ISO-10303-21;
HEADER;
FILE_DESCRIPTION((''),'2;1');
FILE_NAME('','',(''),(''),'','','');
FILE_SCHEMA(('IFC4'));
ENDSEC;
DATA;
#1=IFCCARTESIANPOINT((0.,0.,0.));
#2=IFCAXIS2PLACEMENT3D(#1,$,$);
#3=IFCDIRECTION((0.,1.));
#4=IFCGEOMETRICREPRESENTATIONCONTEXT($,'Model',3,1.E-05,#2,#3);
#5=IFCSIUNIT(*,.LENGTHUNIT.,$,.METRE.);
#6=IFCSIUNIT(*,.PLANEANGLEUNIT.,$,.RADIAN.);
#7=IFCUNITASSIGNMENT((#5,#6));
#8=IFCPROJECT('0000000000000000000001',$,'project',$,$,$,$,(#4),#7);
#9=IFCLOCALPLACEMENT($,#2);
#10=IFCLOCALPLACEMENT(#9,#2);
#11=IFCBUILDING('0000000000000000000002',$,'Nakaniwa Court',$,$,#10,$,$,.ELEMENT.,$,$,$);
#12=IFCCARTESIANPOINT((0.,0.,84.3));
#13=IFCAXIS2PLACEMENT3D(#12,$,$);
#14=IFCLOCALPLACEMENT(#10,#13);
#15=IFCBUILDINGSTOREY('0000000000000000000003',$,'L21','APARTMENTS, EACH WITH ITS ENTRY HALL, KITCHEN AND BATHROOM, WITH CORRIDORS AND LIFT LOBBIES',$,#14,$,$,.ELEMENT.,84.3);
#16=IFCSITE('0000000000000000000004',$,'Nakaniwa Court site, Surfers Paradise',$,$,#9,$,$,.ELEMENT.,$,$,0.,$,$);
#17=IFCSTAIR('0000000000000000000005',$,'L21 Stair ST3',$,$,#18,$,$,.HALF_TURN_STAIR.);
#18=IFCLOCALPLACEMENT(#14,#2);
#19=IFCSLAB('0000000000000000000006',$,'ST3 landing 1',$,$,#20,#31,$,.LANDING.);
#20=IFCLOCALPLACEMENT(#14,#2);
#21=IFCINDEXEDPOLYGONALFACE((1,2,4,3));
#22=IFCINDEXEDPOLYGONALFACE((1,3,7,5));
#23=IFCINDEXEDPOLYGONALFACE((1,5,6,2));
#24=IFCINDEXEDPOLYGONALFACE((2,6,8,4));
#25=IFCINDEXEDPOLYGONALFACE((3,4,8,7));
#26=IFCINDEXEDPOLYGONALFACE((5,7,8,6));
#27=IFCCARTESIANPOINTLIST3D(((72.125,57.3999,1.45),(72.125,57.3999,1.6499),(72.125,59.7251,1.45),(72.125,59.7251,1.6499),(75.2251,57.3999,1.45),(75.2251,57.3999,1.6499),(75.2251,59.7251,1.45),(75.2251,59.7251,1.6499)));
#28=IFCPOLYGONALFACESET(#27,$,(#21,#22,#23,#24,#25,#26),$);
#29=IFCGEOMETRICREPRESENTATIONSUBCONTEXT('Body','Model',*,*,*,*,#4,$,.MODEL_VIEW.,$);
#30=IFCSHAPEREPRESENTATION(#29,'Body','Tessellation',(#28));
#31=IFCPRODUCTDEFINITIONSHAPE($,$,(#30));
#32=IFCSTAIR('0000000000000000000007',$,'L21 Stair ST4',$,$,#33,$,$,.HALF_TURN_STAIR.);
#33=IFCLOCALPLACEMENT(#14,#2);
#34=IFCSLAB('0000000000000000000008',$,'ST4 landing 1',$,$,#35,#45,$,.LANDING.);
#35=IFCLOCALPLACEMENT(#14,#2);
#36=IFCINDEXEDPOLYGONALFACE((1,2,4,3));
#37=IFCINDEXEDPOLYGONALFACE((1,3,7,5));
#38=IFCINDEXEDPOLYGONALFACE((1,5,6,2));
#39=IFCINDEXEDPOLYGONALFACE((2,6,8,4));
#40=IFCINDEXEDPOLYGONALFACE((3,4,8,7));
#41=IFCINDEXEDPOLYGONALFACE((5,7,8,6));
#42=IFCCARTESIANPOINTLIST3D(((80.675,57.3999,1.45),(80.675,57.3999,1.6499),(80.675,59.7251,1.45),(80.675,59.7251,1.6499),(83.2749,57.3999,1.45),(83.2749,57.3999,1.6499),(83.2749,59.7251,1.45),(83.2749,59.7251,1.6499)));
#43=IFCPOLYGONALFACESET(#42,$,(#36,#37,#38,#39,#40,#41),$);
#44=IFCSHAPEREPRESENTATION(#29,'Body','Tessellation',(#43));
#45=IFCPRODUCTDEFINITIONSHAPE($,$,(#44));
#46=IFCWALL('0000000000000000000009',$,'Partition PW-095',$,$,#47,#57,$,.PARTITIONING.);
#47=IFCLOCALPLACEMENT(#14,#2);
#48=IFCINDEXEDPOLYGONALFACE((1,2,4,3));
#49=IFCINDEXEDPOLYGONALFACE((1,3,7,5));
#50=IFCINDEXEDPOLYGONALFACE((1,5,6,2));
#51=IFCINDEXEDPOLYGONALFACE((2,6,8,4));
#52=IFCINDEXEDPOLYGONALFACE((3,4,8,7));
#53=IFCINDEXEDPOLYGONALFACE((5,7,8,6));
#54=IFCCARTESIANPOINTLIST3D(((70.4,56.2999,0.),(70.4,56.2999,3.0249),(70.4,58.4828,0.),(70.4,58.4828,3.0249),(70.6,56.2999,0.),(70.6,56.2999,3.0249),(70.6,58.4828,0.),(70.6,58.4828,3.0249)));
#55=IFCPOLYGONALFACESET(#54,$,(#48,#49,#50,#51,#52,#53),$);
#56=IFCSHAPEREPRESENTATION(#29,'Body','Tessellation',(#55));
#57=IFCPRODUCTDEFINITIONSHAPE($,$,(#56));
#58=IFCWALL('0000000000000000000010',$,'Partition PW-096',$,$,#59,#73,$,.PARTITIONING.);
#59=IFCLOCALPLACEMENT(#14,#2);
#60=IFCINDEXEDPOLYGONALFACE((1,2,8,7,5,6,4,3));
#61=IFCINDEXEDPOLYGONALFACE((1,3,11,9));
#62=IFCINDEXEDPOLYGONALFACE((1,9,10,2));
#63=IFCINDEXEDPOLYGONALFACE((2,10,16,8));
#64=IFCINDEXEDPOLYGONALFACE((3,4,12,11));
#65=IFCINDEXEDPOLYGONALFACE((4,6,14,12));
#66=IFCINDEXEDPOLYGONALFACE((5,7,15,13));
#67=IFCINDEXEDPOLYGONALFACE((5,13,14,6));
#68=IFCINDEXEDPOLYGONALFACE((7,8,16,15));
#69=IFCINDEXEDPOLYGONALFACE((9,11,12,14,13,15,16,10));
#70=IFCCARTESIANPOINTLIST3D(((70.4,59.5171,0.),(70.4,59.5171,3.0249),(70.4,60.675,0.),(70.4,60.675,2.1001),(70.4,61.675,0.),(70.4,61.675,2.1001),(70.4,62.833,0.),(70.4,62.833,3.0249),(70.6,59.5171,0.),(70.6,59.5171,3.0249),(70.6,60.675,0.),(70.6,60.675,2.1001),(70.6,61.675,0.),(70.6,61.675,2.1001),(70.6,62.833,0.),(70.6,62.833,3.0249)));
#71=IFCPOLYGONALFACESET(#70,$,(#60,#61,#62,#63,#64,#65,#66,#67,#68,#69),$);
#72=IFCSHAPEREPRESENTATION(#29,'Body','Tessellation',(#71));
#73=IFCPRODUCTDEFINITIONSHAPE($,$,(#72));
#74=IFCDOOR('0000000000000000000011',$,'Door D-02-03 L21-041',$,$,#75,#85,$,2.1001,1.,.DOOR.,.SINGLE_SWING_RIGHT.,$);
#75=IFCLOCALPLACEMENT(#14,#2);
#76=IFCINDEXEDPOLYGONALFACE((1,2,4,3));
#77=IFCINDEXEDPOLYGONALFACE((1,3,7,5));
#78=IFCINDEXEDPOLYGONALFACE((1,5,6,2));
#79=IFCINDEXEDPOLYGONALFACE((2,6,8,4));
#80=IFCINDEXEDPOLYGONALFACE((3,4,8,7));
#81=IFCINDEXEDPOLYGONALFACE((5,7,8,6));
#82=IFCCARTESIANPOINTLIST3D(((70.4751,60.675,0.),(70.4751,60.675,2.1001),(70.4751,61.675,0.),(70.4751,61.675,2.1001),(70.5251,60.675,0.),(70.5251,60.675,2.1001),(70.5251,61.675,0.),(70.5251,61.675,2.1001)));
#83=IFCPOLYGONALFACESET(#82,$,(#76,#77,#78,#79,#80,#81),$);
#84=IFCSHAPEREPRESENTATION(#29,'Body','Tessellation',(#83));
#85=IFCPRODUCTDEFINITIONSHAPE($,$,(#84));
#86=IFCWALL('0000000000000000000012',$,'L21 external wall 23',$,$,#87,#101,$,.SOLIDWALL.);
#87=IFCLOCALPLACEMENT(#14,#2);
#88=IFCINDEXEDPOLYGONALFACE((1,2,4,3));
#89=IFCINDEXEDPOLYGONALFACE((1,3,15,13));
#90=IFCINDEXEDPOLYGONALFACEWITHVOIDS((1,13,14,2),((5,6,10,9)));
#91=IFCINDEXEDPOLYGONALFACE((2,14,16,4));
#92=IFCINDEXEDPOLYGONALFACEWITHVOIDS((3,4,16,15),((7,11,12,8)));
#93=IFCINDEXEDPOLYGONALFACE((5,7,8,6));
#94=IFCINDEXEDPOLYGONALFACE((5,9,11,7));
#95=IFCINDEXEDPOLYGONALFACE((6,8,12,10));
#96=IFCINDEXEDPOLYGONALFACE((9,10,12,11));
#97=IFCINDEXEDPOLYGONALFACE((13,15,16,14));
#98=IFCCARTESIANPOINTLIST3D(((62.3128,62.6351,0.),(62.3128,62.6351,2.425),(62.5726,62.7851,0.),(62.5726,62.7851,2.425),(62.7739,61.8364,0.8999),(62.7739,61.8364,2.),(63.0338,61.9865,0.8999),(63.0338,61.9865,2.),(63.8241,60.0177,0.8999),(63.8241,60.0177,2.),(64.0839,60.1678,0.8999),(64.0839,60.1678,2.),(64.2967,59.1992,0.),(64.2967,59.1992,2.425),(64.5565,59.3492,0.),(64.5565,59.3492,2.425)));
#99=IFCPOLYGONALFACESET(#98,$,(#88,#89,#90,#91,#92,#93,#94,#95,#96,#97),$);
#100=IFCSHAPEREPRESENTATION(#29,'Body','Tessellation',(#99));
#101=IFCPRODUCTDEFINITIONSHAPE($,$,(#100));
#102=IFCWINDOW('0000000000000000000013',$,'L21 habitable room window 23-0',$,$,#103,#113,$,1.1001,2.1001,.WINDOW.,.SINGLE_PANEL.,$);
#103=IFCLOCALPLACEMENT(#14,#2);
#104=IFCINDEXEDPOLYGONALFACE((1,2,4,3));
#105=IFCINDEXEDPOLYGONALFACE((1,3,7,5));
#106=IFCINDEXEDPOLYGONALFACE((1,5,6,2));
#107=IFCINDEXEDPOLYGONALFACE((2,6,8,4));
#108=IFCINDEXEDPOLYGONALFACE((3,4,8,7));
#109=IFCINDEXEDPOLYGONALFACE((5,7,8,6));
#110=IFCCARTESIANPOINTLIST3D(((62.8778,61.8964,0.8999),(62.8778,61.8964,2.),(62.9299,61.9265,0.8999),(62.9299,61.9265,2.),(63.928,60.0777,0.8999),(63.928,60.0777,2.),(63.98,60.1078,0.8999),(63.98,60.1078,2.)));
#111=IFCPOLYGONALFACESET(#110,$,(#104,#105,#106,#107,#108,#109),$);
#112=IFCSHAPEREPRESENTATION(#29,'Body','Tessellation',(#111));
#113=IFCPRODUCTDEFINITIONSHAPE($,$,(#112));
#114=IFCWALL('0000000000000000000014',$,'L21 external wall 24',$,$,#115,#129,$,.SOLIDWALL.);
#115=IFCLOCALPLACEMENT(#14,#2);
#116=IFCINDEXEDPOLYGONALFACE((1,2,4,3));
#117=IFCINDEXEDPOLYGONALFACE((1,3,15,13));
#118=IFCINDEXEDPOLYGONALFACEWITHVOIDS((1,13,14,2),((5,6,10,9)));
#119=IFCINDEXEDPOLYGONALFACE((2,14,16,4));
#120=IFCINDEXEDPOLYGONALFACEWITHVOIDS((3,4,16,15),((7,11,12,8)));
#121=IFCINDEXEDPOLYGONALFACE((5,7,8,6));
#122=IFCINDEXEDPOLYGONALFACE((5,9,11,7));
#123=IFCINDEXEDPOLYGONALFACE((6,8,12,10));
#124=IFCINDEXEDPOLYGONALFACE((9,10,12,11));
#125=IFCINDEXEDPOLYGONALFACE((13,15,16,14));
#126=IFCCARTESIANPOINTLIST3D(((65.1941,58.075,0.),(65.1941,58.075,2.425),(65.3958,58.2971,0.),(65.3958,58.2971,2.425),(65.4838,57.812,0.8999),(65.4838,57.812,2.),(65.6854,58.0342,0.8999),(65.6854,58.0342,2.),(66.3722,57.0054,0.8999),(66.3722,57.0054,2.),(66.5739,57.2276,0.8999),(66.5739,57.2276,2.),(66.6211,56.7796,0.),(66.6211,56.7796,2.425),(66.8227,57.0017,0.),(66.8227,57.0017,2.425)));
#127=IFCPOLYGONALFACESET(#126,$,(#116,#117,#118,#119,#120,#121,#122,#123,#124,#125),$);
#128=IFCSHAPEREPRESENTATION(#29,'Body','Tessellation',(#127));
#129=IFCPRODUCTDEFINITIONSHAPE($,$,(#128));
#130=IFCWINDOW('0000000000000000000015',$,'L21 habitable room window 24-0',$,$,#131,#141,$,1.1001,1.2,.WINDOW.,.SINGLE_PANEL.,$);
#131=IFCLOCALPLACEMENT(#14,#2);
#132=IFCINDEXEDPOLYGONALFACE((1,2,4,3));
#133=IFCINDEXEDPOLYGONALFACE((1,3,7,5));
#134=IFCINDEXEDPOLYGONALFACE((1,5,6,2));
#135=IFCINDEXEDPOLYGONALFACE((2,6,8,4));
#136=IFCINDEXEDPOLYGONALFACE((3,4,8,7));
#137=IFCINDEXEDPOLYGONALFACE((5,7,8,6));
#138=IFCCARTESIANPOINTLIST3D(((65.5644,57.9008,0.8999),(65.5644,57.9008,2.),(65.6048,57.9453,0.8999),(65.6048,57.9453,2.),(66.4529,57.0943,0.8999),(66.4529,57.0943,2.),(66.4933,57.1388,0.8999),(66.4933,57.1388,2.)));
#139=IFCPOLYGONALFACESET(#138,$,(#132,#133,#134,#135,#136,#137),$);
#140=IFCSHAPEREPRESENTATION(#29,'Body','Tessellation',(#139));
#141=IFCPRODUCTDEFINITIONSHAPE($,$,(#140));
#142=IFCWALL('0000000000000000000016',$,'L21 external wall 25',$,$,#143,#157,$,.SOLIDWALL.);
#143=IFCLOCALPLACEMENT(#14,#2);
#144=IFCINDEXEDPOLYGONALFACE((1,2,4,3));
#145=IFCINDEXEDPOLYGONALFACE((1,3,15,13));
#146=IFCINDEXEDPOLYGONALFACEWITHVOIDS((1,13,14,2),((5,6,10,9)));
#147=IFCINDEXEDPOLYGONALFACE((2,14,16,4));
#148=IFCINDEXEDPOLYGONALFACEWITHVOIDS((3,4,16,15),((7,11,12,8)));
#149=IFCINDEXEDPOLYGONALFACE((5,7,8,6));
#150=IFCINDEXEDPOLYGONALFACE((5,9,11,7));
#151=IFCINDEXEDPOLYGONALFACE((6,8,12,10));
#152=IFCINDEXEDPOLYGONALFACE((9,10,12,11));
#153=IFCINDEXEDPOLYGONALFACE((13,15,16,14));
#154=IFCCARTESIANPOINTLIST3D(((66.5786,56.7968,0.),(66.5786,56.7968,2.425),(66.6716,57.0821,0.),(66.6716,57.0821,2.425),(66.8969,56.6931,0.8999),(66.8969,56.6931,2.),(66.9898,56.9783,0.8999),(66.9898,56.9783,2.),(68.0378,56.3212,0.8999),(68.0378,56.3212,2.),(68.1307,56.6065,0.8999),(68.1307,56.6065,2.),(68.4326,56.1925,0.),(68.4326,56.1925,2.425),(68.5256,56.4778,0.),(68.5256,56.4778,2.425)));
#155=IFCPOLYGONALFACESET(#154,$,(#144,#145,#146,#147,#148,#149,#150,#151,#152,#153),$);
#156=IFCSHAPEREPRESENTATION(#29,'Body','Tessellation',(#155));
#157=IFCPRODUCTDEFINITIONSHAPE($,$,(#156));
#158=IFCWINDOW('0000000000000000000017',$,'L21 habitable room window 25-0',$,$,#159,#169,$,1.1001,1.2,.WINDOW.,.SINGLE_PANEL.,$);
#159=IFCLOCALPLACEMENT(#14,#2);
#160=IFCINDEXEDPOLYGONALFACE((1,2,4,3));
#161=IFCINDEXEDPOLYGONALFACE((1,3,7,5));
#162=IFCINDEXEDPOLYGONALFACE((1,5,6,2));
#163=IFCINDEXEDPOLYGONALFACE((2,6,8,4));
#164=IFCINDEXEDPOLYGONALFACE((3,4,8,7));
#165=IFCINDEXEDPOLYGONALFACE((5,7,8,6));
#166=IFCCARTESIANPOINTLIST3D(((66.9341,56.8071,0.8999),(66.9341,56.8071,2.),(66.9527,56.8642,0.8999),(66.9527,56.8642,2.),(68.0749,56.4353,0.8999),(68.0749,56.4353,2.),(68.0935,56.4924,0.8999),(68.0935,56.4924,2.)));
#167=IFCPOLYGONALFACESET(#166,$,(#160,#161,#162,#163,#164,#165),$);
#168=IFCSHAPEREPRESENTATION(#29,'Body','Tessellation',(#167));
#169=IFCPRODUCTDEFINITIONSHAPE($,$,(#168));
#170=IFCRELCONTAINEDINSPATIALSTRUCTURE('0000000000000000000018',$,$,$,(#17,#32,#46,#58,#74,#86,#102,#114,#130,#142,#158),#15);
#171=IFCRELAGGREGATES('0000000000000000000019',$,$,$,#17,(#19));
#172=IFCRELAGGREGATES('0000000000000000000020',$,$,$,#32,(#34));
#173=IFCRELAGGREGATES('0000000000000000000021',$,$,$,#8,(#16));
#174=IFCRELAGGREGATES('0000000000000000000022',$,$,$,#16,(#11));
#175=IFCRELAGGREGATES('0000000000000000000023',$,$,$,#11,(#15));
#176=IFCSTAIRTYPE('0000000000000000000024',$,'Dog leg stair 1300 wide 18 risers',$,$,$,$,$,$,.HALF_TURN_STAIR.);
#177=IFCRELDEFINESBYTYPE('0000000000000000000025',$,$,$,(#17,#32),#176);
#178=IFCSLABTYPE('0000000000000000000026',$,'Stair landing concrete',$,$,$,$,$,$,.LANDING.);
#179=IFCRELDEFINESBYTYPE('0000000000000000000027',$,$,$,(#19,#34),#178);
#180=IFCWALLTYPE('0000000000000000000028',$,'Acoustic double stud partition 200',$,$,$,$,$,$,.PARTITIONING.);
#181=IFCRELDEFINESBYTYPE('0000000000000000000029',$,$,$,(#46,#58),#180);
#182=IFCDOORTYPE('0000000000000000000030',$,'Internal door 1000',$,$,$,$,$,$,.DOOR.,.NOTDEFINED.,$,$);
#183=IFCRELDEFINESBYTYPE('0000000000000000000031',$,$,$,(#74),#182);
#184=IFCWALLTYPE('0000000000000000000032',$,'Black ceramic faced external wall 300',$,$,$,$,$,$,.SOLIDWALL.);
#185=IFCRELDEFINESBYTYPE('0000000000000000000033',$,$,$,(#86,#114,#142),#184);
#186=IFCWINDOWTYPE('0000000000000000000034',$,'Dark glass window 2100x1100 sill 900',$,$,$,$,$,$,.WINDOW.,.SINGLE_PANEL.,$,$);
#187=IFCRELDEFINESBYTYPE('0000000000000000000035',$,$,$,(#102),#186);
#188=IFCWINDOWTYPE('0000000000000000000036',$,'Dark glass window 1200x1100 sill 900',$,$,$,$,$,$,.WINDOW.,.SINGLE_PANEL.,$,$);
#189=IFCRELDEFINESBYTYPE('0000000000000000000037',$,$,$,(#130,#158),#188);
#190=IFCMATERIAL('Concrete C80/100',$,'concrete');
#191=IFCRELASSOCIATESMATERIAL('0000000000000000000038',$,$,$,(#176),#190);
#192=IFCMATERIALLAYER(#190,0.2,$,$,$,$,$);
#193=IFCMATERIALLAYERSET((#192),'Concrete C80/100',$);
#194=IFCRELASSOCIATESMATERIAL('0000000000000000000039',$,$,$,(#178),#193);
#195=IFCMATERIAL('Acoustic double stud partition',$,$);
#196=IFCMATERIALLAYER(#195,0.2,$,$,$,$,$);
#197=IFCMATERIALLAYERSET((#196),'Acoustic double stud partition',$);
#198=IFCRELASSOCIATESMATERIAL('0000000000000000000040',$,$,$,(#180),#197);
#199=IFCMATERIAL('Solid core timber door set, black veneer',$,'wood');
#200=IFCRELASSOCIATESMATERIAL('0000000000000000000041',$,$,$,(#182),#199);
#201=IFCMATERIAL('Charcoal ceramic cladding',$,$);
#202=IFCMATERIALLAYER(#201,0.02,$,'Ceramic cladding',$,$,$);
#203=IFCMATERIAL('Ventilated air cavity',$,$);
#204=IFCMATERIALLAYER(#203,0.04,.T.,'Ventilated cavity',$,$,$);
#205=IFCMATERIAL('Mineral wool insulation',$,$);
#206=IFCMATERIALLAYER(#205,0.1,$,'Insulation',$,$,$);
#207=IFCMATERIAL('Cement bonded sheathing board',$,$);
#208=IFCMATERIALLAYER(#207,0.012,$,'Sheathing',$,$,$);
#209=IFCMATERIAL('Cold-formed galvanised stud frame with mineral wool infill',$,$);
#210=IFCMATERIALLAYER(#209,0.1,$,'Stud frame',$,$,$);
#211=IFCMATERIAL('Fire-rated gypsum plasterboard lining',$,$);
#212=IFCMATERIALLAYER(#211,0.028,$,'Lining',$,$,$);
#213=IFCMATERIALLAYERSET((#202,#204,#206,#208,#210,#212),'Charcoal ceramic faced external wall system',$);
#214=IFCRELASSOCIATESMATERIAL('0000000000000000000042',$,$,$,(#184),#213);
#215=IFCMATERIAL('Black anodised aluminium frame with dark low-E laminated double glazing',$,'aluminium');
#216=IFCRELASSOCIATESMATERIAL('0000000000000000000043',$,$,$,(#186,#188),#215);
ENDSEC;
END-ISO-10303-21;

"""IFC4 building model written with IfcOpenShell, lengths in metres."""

from ifc_helpers import new_model, si_unit, direction, frame, frame_2d, origin, place, context, subcontext, project, spatial, polyline, rectangle, outline, extrude, material, layer, layer_set, type_object, element, fill, aggregate, save


model = new_model("IFC4")

# Units and contexts
model_context = context("Model", 3, precision=1e-05, world=origin(), true_north=direction((0.0, 1.0)))
body_context = subcontext(model_context, "Body", "Model", "MODEL_VIEW")
ifc_project = project(units=[si_unit("LENGTHUNIT", "METRE"), si_unit("PLANEANGLEUNIT", "RADIAN")], contexts=[model_context])

# Site, building, storey
site_placement = place(None, origin())
site = spatial("IfcSite", under=ifc_project, at=site_placement, Name="Nakaniwa Court site, Surfers Paradise", CompositionType="ELEMENT", RefElevation=0.0)
building_placement = place(site_placement, origin())
building = spatial("IfcBuilding", under=site, at=building_placement, Name="Nakaniwa Court", CompositionType="ELEMENT")
storey_placement = place(building_placement, frame((0.0, 0.0, 84.3)))
storey = spatial("IfcBuildingStorey", under=building, at=storey_placement, Name="L21", Description="APARTMENTS, EACH WITH ITS ENTRY HALL, KITCHEN AND BATHROOM, WITH CORRIDORS AND LIFT LOBBIES", CompositionType="ELEMENT", Elevation=84.3)

# Shared definitions
ifc_material_1 = material(Name="Concrete C80/100", Category="concrete")

# Stairs, slabs
stair_type = type_object("IfcStairType", Name="Dog leg stair 1300 wide 18 risers", PredefinedType="HALF_TURN_STAIR", material=ifc_material_1)
ifc_layer_1 = layer(ifc_material_1, 0.2)
ifc_layer_set_1 = layer_set([ifc_layer_1], Name="Concrete C80/100")
slab_type_1 = type_object("IfcSlabType", Name="Stair landing concrete", PredefinedType="LANDING", material=ifc_layer_set_1)
stair_1_placement = place(storey_placement, origin())
stair_1 = element("IfcStair", 1, at=stair_1_placement, inside=storey, type_object=stair_type, Name="L21 Stair ST3", PredefinedType="HALF_TURN_STAIR")
slab_1_placement = place(storey_placement, frame((0.0, 0.0, 1.45)))
slab_1 = element("IfcSlab", 2, at=slab_1_placement, type_object=slab_type_1, Name="ST3 landing 1", PredefinedType="LANDING", context=body_context, shape_type="SweptSolid", body=[
    extrude(outline(polyline([(75.2251, 57.3999), (75.2251, 59.7251), (72.125, 59.7251), (72.125, 57.3999), (75.2251, 57.3999)])), origin(), (0.0, 0.0, 1.0), 0.2),
])
aggregate(stair_1, [slab_1])
stair_2_placement = place(storey_placement, origin())
stair_2 = element("IfcStair", 3, at=stair_2_placement, inside=storey, type_object=stair_type, Name="L21 Stair ST4", PredefinedType="HALF_TURN_STAIR")
slab_2_placement = place(storey_placement, frame((0.0, 0.0, 1.45)))
slab_2 = element("IfcSlab", 4, at=slab_2_placement, type_object=slab_type_1, Name="ST4 landing 1", PredefinedType="LANDING", context=body_context, shape_type="SweptSolid", body=[
    extrude(outline(polyline([(83.2749, 57.3999), (83.2749, 59.7251), (80.675, 59.7251), (80.675, 57.3999), (83.2749, 57.3999)])), origin(), (0.0, 0.0, 1.0), 0.2),
])
aggregate(stair_2, [slab_2])

# Wall
ifc_material_2 = material(Name="Acoustic double stud partition")
ifc_layer_2 = layer(ifc_material_2, 0.2)
ifc_layer_set_2 = layer_set([ifc_layer_2], Name="Acoustic double stud partition")
wall_type_1 = type_object("IfcWallType", Name="Acoustic double stud partition 200", PredefinedType="PARTITIONING", material=ifc_layer_set_2)
wall_1_placement = place(storey_placement, frame((70.5, 56.3, 0.0), z_axis=(0.0, 0.0, 1.0), x_axis=(0.0, 1.0, 0.0)))
element("IfcWall", 5, at=wall_1_placement, inside=storey, type_object=wall_type_1, Name="Partition PW-095", PredefinedType="PARTITIONING", context=body_context, shape_type="SweptSolid", body=[
    extrude(rectangle(XDim=2.1829, YDim=0.2, at=frame_2d((1.0913, 0.0))), origin(), (0.0, 0.0, 1.0), 3.0249),
])

# Wall, opening, door
wall_2_placement = place(storey_placement, frame((70.5, 59.5171, 0.0), z_axis=(0.0, 0.0, 1.0), x_axis=(0.0, 1.0, 0.0)))
wall_2 = element("IfcWall", 6, at=wall_2_placement, inside=storey, type_object=wall_type_1, Name="Partition PW-096", PredefinedType="PARTITIONING", context=body_context, shape_type="SweptSolid", body=[
    extrude(rectangle(XDim=3.3159, YDim=0.2, at=frame_2d((1.658, 0.0))), origin(), (0.0, 0.0, 1.0), 3.0249),
])
opening_1_placement = place(wall_2_placement, frame((1.158, 0.0, 0.0)))
opening_1 = element("IfcOpeningElement", 7, at=opening_1_placement, cuts=wall_2, PredefinedType="OPENING", context=body_context, shape_type="SweptSolid", body=[
    extrude(rectangle(XDim=1.0, YDim=2.1001, at=frame_2d((0.5, 1.05))), frame((0.0, 0.1099, 0.0), z_axis=(0.0, -1.0, 0.0), x_axis=(1.0, 0.0, 0.0)), (0.0, 0.0, 1.0), 0.22),
])
ifc_material_3 = material(Name="Solid core timber door set, black veneer", Category="wood")
door_type = type_object("IfcDoorType", Name="Internal door 1000", OperationType="NOTDEFINED", PredefinedType="DOOR", material=ifc_material_3)
door_placement = place(opening_1_placement, origin())
door = element("IfcDoor", 8, at=door_placement, inside=storey, type_object=door_type, Name="Door D-02-03 L21-041", OperationType="SINGLE_SWING_RIGHT", OverallHeight=2.1001, OverallWidth=1.0, PredefinedType="DOOR", context=body_context, shape_type="SweptSolid", body=[
    extrude(rectangle(XDim=1.0, YDim=2.1001, at=frame_2d((0.5, 1.05))), frame((0.0, 0.0249, 0.0), z_axis=(0.0, -1.0, 0.0), x_axis=(1.0, 0.0, 0.0)), (0.0, 0.0, 1.0), 0.05),
])
fill(opening_1, door)

# Walls, openings, windows
ifc_material_4 = material(Name="Charcoal ceramic cladding")
ifc_layer_3 = layer(ifc_material_4, 0.02, Name="Ceramic cladding")
ifc_material_5 = material(Name="Ventilated air cavity")
ifc_layer_4 = layer(ifc_material_5, 0.04, ventilated=True, Name="Ventilated cavity")
ifc_material_6 = material(Name="Mineral wool insulation")
ifc_layer_5 = layer(ifc_material_6, 0.1, Name="Insulation")
ifc_material_7 = material(Name="Cement bonded sheathing board")
ifc_layer_6 = layer(ifc_material_7, 0.012, Name="Sheathing")
ifc_material_8 = material(Name="Cold-formed galvanised stud frame with mineral wool infill")
ifc_layer_7 = layer(ifc_material_8, 0.1, Name="Stud frame")
ifc_material_9 = material(Name="Fire-rated gypsum plasterboard lining")
ifc_layer_8 = layer(ifc_material_9, 0.028, Name="Lining")
ifc_layer_set_3 = layer_set([ifc_layer_3, ifc_layer_4, ifc_layer_5, ifc_layer_6, ifc_layer_7, ifc_layer_8], Name="Charcoal ceramic faced external wall system")
wall_type_2 = type_object("IfcWallType", Name="Black ceramic faced external wall 300", PredefinedType="SOLIDWALL", material=ifc_layer_set_3)
wall_3_placement = place(storey_placement, frame((62.4426, 62.7102, 0.0), z_axis=(0.0, 0.0, 1.0), x_axis=(0.500044, -0.866, 0.0)))
wall_3 = element("IfcWall", 9, at=wall_3_placement, inside=storey, type_object=wall_type_2, Name="L21 external wall 23", PredefinedType="SOLIDWALL", context=body_context, shape_type="SweptSolid", body=[
    extrude(rectangle(XDim=3.9675, YDim=0.3, at=frame_2d((1.9839, 0.0))), origin(), (0.0, 0.0, 1.0), 2.425),
])
opening_2_placement = place(wall_3_placement, frame((0.9224, 0.0, 0.8999)))
opening_2 = element("IfcOpeningElement", 10, at=opening_2_placement, cuts=wall_3, PredefinedType="OPENING", context=body_context, shape_type="SweptSolid", body=[
    extrude(rectangle(XDim=2.1001, YDim=1.1001, at=frame_2d((1.05, 0.55))), frame((0.0, 0.1599, 0.0), z_axis=(0.0, -1.0, 0.0), x_axis=(1.0, 0.0, 0.0)), (0.0, 0.0, 1.0), 0.3201),
])
ifc_material_10 = material(Name="Black anodised aluminium frame with dark low-E laminated double glazing", Category="aluminium")
window_type_1 = type_object("IfcWindowType", Name="Dark glass window 2100x1100 sill 900", PartitioningType="SINGLE_PANEL", PredefinedType="WINDOW", material=ifc_material_10)
window_1_placement = place(opening_2_placement, origin())
window_1 = element("IfcWindow", 11, at=window_1_placement, inside=storey, type_object=window_type_1, Name="L21 habitable room window 23-0", OverallHeight=1.1001, OverallWidth=2.1001, PartitioningType="SINGLE_PANEL", PredefinedType="WINDOW", context=body_context, shape_type="SweptSolid", body=[
    extrude(rectangle(XDim=2.1001, YDim=1.1001, at=frame_2d((1.05, 0.55))), frame((0.0, 0.03, 0.0), z_axis=(0.0, -1.0, 0.0), x_axis=(1.0, 0.0, 0.0)), (0.0, 0.0, 1.0), 0.0601),
])
fill(opening_2, window_1)
wall_4_placement = place(storey_placement, frame((65.2949, 58.186, 0.0), z_axis=(0.0, 0.0, 1.0), x_axis=(0.740421, -0.672143, 0.0)))
wall_4 = element("IfcWall", 12, at=wall_4_placement, inside=storey, type_object=wall_type_2, Name="L21 external wall 24", PredefinedType="SOLIDWALL", context=body_context, shape_type="SweptSolid", body=[
    extrude(rectangle(XDim=1.9272, YDim=0.3, at=frame_2d((0.9636, 0.0))), origin(), (0.0, 0.0, 1.0), 2.425),
])
opening_3_placement = place(wall_4_placement, frame((0.3911, 0.0, 0.8999)))
opening_3 = element("IfcOpeningElement", 13, at=opening_3_placement, cuts=wall_4, PredefinedType="OPENING", context=body_context, shape_type="SweptSolid", body=[
    extrude(rectangle(XDim=1.2, YDim=1.1001, at=frame_2d((0.6001, 0.55))), frame((0.0, 0.1599, 0.0), z_axis=(0.0, -1.0, 0.0), x_axis=(1.0, 0.0, 0.0)), (0.0, 0.0, 1.0), 0.3201),
])
window_type_2 = type_object("IfcWindowType", Name="Dark glass window 1200x1100 sill 900", PartitioningType="SINGLE_PANEL", PredefinedType="WINDOW", material=ifc_material_10)
window_2_placement = place(opening_3_placement, origin())
window_2 = element("IfcWindow", 14, at=window_2_placement, inside=storey, type_object=window_type_2, Name="L21 habitable room window 24-0", OverallHeight=1.1001, OverallWidth=1.2, PartitioningType="SINGLE_PANEL", PredefinedType="WINDOW", context=body_context, shape_type="SweptSolid", body=[
    extrude(rectangle(XDim=1.2, YDim=1.1001, at=frame_2d((0.6001, 0.55))), frame((0.0, 0.03, 0.0), z_axis=(0.0, -1.0, 0.0), x_axis=(1.0, 0.0, 0.0)), (0.0, 0.0, 1.0), 0.0601),
])
fill(opening_3, window_2)
wall_5_placement = place(storey_placement, frame((66.625, 56.9395, 0.0), z_axis=(0.0, 0.0, 1.0), x_axis=(0.950778, -0.309873, 0.0)))
wall_5 = element("IfcWall", 15, at=wall_5_placement, inside=storey, type_object=wall_type_2, Name="L21 external wall 25", PredefinedType="SOLIDWALL", context=body_context, shape_type="SweptSolid", body=[
    extrude(rectangle(XDim=1.95, YDim=0.3, at=frame_2d((0.9751, 0.0))), origin(), (0.0, 0.0, 1.0), 2.425),
])
opening_4_placement = place(wall_5_placement, frame((0.3347, 0.0, 0.8999)))
opening_4 = element("IfcOpeningElement", 16, at=opening_4_placement, cuts=wall_5, PredefinedType="OPENING", context=body_context, shape_type="SweptSolid", body=[
    extrude(rectangle(XDim=1.2, YDim=1.1001, at=frame_2d((0.6001, 0.55))), frame((0.0, 0.1599, 0.0), z_axis=(0.0, -1.0, 0.0), x_axis=(1.0, 0.0, 0.0)), (0.0, 0.0, 1.0), 0.3201),
])
window_3_placement = place(opening_4_placement, origin())
window_3 = element("IfcWindow", 17, at=window_3_placement, inside=storey, type_object=window_type_2, Name="L21 habitable room window 25-0", OverallHeight=1.1001, OverallWidth=1.2, PartitioningType="SINGLE_PANEL", PredefinedType="WINDOW", context=body_context, shape_type="SweptSolid", body=[
    extrude(rectangle(XDim=1.2, YDim=1.1001, at=frame_2d((0.6001, 0.55))), frame((0.0, 0.03, 0.0), z_axis=(0.0, -1.0, 0.0), x_axis=(1.0, 0.0, 0.0)), (0.0, 0.0, 1.0), 0.0601),
])
fill(opening_4, window_3)

save(model, "model.ifc")
